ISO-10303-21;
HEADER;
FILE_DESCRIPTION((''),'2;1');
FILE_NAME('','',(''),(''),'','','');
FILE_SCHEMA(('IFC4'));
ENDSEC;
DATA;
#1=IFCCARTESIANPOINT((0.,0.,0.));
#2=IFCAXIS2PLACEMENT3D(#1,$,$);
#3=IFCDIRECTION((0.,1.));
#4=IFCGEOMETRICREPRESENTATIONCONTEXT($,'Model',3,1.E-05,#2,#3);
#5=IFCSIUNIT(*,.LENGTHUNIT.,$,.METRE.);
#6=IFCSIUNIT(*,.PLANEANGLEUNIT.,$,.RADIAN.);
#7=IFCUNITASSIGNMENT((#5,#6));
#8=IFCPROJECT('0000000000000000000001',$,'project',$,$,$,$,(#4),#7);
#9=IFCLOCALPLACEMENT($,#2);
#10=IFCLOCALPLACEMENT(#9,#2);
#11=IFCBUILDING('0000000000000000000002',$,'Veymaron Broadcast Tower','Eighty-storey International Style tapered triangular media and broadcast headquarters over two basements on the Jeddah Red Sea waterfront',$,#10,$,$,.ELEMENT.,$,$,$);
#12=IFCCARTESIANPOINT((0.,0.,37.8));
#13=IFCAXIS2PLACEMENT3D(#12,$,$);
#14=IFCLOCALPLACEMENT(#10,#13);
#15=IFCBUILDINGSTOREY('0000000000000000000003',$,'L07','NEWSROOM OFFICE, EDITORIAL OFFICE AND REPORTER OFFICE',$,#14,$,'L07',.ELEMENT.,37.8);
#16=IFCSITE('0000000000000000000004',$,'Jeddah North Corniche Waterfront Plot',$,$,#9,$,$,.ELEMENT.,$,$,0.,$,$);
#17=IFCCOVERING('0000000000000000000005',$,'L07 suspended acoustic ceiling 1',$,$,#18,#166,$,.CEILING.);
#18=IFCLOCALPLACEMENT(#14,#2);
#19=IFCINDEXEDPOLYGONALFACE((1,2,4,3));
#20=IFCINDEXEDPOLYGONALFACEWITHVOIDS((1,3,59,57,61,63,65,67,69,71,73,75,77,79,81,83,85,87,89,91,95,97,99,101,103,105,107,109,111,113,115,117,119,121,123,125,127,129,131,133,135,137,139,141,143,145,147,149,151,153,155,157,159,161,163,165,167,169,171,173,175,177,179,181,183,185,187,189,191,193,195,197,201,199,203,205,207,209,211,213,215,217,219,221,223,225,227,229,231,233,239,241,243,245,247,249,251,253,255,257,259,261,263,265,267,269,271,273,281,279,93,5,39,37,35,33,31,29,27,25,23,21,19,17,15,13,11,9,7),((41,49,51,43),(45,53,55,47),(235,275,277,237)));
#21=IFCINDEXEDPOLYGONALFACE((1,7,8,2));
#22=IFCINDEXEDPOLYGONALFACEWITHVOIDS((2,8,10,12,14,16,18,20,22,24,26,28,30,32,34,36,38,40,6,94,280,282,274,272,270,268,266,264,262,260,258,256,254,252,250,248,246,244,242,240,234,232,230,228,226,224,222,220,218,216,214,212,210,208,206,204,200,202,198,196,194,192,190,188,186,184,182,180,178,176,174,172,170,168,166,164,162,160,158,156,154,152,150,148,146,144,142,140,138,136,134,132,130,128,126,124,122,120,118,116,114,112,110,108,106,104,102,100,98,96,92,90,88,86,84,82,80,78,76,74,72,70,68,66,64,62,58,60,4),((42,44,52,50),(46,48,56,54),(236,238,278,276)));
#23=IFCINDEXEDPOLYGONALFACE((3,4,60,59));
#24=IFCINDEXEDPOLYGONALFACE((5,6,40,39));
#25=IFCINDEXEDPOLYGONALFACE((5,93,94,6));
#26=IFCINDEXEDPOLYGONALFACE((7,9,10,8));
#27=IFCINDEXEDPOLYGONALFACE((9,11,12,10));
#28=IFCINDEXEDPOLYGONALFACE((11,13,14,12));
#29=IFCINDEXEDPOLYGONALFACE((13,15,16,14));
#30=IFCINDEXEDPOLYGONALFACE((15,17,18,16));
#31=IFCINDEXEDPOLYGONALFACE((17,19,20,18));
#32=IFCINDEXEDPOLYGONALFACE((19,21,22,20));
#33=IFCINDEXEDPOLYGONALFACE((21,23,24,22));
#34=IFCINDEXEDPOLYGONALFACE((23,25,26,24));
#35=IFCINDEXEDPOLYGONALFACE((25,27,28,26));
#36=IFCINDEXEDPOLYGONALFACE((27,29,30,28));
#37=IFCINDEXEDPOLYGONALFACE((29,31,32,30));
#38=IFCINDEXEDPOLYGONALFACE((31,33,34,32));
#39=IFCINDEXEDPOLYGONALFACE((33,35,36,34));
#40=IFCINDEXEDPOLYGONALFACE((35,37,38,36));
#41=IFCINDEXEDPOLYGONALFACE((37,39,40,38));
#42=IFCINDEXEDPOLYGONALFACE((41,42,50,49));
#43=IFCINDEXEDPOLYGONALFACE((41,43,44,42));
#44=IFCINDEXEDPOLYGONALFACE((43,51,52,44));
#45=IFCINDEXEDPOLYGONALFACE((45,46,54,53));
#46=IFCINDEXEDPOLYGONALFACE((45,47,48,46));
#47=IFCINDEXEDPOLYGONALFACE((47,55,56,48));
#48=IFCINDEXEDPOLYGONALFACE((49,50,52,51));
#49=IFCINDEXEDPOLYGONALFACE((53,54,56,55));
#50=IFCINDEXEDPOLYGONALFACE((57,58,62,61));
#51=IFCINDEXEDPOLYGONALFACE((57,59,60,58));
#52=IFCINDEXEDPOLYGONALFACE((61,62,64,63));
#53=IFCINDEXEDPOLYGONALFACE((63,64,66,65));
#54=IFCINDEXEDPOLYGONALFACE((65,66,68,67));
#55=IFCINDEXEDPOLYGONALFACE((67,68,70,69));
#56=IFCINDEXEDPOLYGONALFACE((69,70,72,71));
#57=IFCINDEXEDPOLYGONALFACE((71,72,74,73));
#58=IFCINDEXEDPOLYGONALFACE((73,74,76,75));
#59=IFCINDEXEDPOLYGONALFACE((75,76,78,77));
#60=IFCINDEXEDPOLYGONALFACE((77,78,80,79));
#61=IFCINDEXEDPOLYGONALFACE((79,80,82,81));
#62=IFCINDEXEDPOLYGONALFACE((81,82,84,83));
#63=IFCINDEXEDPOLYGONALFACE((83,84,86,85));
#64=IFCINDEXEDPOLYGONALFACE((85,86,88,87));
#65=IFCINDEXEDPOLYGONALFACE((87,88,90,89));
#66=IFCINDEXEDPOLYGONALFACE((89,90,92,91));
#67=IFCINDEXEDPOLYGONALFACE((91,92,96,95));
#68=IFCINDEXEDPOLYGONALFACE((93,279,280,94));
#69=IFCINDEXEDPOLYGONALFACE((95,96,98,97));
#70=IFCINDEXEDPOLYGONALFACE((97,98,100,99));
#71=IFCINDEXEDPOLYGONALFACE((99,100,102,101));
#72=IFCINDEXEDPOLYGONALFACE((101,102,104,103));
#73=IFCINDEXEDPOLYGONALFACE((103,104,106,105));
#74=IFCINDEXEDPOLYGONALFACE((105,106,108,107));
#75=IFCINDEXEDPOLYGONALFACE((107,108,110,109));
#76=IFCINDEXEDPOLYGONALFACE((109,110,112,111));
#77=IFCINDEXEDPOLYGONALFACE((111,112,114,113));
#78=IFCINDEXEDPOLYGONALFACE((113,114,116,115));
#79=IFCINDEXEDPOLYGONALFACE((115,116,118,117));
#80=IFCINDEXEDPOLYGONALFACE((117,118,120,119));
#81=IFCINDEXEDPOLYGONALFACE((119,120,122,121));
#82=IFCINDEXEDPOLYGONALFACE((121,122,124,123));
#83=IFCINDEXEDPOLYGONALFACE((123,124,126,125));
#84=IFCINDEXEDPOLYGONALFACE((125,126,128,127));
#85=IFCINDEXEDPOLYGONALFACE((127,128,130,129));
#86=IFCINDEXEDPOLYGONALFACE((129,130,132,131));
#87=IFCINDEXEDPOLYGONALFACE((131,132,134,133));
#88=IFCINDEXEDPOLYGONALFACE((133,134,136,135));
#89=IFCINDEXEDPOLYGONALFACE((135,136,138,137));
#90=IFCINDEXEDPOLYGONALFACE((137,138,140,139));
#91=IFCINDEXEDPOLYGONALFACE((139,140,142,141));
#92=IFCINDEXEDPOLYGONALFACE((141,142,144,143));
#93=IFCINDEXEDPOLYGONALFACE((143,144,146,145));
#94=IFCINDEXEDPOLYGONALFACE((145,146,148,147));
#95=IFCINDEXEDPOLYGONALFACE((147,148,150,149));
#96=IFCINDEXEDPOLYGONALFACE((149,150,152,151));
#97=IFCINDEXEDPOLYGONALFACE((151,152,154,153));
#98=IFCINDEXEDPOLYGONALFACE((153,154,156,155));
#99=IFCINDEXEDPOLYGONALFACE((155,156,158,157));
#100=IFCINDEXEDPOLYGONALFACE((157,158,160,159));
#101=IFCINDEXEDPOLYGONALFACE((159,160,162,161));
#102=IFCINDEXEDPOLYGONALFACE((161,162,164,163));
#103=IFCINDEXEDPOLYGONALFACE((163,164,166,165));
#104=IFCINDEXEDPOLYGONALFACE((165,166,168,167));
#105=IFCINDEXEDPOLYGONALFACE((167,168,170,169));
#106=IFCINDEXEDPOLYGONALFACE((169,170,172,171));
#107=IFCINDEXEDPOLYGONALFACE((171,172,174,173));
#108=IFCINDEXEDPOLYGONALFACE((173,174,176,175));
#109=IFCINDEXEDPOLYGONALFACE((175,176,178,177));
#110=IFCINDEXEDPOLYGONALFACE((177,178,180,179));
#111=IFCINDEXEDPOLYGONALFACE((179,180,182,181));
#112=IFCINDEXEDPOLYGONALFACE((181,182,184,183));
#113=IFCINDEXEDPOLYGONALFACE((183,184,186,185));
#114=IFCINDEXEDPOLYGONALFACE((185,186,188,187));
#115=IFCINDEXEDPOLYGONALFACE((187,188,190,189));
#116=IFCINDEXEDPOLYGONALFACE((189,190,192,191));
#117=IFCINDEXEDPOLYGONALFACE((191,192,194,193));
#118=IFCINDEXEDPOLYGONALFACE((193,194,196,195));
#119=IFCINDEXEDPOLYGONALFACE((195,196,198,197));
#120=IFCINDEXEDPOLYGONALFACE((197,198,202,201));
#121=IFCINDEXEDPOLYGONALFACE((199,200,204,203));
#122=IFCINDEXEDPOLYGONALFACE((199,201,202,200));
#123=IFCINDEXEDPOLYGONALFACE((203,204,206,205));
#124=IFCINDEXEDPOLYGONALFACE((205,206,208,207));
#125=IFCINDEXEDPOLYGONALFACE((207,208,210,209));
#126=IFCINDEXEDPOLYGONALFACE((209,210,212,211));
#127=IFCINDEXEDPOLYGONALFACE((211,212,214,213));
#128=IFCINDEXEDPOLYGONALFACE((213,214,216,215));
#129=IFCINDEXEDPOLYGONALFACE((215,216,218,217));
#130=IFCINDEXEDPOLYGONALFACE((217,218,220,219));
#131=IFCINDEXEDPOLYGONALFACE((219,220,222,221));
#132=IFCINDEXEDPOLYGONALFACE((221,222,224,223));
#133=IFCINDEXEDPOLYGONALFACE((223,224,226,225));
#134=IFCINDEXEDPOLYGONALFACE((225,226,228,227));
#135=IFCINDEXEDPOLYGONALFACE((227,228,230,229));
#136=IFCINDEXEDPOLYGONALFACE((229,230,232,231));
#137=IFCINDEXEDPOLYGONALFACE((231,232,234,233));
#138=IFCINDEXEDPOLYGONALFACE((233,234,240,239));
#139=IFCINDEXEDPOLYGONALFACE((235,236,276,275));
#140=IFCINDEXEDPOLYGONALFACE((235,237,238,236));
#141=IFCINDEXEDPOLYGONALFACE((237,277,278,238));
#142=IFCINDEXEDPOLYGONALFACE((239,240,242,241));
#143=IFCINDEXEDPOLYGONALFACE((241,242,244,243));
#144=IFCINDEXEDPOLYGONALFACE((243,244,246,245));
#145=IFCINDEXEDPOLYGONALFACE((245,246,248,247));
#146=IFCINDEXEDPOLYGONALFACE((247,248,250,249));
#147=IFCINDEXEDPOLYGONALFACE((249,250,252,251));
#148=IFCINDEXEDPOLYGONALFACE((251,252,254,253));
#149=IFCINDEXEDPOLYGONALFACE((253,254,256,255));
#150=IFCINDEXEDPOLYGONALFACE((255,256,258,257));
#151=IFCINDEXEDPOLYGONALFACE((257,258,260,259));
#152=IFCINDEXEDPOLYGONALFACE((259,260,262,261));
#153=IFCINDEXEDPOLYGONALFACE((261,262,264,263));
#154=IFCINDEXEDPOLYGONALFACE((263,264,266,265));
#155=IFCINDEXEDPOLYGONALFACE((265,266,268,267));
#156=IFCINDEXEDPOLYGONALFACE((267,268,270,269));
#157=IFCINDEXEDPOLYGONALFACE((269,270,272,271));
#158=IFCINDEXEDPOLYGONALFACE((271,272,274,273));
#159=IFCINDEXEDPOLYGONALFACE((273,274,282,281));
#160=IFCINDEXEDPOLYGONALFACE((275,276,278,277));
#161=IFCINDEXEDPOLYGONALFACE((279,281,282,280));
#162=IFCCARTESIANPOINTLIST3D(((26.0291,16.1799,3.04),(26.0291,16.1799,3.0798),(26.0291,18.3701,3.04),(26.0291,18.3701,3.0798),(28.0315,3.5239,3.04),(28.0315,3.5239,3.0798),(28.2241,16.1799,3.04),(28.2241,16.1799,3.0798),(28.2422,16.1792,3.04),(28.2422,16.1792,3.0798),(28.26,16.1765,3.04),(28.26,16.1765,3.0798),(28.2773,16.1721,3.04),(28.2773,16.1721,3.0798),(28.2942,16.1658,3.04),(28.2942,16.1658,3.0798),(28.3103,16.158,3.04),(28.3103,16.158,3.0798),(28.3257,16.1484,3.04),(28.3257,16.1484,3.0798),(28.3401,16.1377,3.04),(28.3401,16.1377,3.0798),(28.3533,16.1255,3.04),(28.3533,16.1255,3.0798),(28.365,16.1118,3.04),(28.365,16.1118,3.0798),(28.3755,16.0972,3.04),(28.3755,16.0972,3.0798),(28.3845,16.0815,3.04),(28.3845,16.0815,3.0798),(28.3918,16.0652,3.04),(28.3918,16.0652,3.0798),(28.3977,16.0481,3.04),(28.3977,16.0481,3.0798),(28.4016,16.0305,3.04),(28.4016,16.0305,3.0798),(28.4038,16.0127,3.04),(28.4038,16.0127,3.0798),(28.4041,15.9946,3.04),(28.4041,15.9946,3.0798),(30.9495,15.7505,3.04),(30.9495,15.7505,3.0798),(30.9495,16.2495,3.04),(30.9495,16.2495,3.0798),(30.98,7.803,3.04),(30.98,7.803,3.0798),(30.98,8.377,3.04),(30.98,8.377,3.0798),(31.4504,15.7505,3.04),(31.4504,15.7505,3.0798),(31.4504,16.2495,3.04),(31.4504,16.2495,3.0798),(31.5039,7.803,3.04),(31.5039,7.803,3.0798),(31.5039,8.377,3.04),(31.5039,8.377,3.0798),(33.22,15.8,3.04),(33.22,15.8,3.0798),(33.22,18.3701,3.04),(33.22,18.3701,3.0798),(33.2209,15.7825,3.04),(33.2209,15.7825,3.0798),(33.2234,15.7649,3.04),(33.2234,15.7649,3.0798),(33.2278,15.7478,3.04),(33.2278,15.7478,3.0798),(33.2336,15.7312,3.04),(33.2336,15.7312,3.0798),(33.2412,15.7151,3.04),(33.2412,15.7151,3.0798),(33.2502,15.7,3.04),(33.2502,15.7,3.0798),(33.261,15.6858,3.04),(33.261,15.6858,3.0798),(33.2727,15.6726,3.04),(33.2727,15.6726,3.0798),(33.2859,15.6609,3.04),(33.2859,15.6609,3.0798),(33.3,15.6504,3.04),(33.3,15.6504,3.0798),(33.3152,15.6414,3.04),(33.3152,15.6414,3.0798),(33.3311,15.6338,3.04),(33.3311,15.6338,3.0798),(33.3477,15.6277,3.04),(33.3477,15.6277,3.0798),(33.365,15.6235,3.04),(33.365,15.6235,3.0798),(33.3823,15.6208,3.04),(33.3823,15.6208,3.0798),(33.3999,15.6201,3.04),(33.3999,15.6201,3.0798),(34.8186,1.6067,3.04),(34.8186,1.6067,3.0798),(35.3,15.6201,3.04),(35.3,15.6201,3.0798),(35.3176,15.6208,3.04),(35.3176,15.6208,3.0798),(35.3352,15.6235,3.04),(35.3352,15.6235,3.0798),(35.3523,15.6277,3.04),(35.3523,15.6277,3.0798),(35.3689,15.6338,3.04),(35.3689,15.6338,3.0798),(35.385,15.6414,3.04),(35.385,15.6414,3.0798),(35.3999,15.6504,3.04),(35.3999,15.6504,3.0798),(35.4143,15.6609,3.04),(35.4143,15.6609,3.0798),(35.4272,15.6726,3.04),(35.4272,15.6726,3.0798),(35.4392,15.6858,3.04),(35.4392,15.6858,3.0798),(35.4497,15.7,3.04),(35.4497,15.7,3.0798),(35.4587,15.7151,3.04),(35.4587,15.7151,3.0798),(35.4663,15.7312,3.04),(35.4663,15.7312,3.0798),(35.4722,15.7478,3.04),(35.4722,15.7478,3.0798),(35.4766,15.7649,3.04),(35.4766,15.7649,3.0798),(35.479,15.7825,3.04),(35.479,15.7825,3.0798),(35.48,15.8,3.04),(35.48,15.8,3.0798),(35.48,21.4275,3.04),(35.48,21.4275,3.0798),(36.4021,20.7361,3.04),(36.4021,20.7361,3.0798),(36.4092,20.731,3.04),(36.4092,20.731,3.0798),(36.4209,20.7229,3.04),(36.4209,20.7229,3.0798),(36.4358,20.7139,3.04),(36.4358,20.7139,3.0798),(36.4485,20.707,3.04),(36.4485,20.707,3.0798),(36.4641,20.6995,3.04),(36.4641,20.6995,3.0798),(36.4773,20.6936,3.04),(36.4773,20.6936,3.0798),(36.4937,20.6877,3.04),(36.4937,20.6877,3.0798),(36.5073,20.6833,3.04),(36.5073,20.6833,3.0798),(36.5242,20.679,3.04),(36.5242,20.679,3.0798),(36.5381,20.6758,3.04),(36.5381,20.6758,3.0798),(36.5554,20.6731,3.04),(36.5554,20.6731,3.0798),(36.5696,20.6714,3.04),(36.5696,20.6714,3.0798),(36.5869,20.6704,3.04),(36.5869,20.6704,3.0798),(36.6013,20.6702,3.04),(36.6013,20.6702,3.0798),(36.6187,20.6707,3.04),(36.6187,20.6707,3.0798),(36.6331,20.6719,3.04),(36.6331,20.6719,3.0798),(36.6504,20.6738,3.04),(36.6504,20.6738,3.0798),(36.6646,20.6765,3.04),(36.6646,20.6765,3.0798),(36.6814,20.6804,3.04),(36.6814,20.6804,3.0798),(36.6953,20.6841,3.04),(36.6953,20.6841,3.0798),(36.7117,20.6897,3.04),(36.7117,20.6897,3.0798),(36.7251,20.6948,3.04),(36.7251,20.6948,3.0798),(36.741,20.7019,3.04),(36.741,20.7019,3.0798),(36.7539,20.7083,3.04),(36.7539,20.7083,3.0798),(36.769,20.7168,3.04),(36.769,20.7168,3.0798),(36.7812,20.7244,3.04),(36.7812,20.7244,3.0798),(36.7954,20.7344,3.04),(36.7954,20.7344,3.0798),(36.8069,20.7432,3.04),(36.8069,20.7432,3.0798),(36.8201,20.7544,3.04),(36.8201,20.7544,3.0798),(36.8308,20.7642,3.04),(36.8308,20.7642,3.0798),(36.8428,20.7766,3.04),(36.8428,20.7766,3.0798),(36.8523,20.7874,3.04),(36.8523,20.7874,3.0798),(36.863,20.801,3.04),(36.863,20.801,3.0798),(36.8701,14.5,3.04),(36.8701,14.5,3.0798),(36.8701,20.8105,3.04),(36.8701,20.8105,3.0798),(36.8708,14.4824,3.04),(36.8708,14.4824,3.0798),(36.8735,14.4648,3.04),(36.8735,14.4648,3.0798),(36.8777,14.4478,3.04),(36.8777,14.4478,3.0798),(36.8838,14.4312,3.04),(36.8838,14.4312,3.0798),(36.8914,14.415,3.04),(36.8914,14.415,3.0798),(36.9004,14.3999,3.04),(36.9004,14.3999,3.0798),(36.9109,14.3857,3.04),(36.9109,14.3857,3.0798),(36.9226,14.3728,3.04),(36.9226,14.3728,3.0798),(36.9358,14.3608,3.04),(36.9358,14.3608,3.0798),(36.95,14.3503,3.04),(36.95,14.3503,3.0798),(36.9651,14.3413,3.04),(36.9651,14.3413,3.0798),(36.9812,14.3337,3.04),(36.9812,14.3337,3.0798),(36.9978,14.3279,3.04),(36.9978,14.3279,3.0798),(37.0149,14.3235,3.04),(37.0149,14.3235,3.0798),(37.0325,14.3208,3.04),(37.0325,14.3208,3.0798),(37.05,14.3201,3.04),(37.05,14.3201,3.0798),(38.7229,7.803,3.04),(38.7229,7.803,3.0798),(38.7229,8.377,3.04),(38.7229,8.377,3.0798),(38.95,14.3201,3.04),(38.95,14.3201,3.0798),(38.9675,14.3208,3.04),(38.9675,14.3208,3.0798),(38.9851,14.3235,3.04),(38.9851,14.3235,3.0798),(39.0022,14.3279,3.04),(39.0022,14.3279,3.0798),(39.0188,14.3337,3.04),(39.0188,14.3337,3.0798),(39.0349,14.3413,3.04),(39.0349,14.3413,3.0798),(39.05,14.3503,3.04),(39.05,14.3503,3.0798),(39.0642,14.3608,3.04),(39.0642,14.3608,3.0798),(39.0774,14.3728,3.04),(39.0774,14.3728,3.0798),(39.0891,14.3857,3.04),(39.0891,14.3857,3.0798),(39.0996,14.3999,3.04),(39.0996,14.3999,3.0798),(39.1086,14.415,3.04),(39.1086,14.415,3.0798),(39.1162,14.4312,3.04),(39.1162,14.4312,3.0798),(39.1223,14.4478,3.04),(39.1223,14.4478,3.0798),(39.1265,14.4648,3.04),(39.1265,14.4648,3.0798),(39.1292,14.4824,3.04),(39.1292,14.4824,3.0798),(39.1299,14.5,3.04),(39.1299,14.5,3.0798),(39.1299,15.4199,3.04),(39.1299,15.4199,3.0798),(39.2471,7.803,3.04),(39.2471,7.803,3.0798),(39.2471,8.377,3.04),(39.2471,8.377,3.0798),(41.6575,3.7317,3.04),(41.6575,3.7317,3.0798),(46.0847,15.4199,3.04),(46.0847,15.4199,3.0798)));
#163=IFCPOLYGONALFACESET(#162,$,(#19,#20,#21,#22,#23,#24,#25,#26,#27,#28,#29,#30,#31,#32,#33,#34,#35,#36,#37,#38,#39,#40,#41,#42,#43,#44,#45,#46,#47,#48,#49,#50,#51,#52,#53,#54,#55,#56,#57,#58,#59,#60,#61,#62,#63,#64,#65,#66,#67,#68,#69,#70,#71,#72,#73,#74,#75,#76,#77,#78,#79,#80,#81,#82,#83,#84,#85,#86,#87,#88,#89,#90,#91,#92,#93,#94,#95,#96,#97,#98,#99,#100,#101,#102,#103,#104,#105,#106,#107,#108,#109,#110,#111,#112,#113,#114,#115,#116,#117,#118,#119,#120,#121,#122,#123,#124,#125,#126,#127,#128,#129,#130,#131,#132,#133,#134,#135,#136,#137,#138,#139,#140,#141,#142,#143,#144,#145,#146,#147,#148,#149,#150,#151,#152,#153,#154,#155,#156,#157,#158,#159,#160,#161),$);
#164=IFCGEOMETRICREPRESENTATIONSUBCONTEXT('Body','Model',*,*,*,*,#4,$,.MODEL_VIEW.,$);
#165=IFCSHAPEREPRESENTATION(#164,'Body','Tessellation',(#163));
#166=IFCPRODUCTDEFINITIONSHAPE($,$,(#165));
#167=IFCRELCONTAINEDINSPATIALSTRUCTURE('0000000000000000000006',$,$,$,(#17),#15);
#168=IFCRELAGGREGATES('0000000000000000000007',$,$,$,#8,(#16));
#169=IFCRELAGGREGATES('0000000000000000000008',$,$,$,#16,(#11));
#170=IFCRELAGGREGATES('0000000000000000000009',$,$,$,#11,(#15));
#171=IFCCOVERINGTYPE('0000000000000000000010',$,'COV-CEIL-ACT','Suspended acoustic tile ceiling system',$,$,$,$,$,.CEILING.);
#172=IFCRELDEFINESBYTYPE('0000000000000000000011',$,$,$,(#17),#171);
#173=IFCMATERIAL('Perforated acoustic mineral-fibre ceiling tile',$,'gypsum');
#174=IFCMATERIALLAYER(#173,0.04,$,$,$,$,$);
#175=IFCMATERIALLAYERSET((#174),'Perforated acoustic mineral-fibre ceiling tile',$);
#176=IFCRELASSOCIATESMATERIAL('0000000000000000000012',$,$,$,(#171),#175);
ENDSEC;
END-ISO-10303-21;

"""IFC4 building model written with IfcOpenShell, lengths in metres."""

from ifc_helpers import new_model, si_unit, direction, frame, origin, place, context, subcontext, project, spatial, polyline, outline, extrude, material, layer, layer_set, type_object, element, save


model = new_model("IFC4")

# Units and contexts
model_context = context("Model", 3, precision=1e-05, world=origin(), true_north=direction((0.0, 1.0)))
body_context = subcontext(model_context, "Body", "Model", "MODEL_VIEW")
ifc_project = project(units=[si_unit("LENGTHUNIT", "METRE"), si_unit("PLANEANGLEUNIT", "RADIAN")], contexts=[model_context])

# Site, building, storey
site_placement = place(None, origin())
site = spatial("IfcSite", under=ifc_project, at=site_placement, Name="Jeddah North Corniche Waterfront Plot", CompositionType="ELEMENT", RefElevation=0.0)
building_placement = place(site_placement, origin())
building = spatial("IfcBuilding", under=site, at=building_placement, Name="Veymaron Broadcast Tower", Description="Eighty-storey International Style tapered triangular media and broadcast headquarters over two basements on the Jeddah Red Sea waterfront", CompositionType="ELEMENT")
storey_placement = place(building_placement, frame((0.0, 0.0, 37.8)))
storey = spatial("IfcBuildingStorey", under=building, at=storey_placement, Name="L07", Description="NEWSROOM OFFICE, EDITORIAL OFFICE AND REPORTER OFFICE", LongName="L07", CompositionType="ELEMENT", Elevation=37.8)

# Covering
ifc_material_1 = material(Name="Perforated acoustic mineral-fibre ceiling tile", Category="gypsum")
ifc_layer_1 = layer(ifc_material_1, 0.04)
ifc_layer_set_1 = layer_set([ifc_layer_1], Name="Perforated acoustic mineral-fibre ceiling tile")
covering_type_1 = type_object("IfcCoveringType", Name="COV-CEIL-ACT", Description="Suspended acoustic tile ceiling system", PredefinedType="CEILING", material=ifc_layer_set_1)
covering_1_placement = place(storey_placement, frame((0.0, 0.0, 3.04)))
element("IfcCovering", 1, at=covering_1_placement, inside=storey, type_object=covering_type_1, Name="L07 suspended acoustic ceiling 1", PredefinedType="CEILING", context=body_context, shape_type="SweptSolid", body=[
    extrude(outline(polyline([(28.2773, 16.1721), (28.26, 16.1765), (28.2422, 16.1792), (28.2241, 16.1799), (26.0291, 16.1799), (26.0291, 18.3701), (33.22, 18.3701), (33.22, 15.8), (33.2209, 15.7825), (33.2234, 15.7649), (33.2278, 15.7478), (33.2336, 15.7312), (33.2412, 15.7151), (33.2502, 15.7), (33.261, 15.6858), (33.2727, 15.6726), (33.2859, 15.6609), (33.3, 15.6504), (33.3152, 15.6414), (33.3311, 15.6338), (33.3477, 15.6277), (33.365, 15.6235), (33.3823, 15.6208), (33.3999, 15.6201), (35.3, 15.6201), (35.3176, 15.6208), (35.3352, 15.6235), (35.3523, 15.6277), (35.3689, 15.6338), (35.385, 15.6414), (35.3999, 15.6504), (35.4143, 15.6609), (35.4272, 15.6726), (35.4392, 15.6858), (35.4497, 15.7), (35.4587, 15.7151), (35.4663, 15.7312), (35.4722, 15.7478), (35.4766, 15.7649), (35.479, 15.7825), (35.48, 15.8), (35.48, 21.4275), (36.4021, 20.7361), (36.4092, 20.731), (36.4209, 20.7229), (36.4358, 20.7139), (36.4485, 20.707), (36.4641, 20.6995), (36.4773, 20.6936), (36.4937, 20.6877), (36.5073, 20.6833), (36.5242, 20.679), (36.5381, 20.6758), (36.5554, 20.6731), (36.5696, 20.6714), (36.5869, 20.6704), (36.6013, 20.6702), (36.6187, 20.6707), (36.6331, 20.6719), (36.6504, 20.6738), (36.6646, 20.6765), (36.6814, 20.6804), (36.6953, 20.6841), (36.7117, 20.6897), (36.7251, 20.6948), (36.741, 20.7019), (36.7539, 20.7083), (36.769, 20.7168), (36.7812, 20.7244), (36.7954, 20.7344), (36.8069, 20.7432), (36.8201, 20.7544), (36.8308, 20.7642), (36.8428, 20.7766), (36.8523, 20.7874), (36.863, 20.801), (36.8701, 20.8105), (36.8701, 14.5), (36.8708, 14.4824), (36.8735, 14.4648), (36.8777, 14.4478), (36.8838, 14.4312), (36.8914, 14.415), (36.9004, 14.3999), (36.9109, 14.3857), (36.9226, 14.3728), (36.9358, 14.3608), (36.95, 14.3503), (36.9651, 14.3413), (36.9812, 14.3337), (36.9978, 14.3279), (37.0149, 14.3235), (37.0325, 14.3208), (37.05, 14.3201), (38.95, 14.3201), (38.9675, 14.3208), (38.9851, 14.3235), (39.0022, 14.3279), (39.0188, 14.3337), (39.0349, 14.3413), (39.05, 14.3503), (39.0642, 14.3608), (39.0774, 14.3728), (39.0891, 14.3857), (39.0996, 14.3999), (39.1086, 14.415), (39.1162, 14.4312), (39.1223, 14.4478), (39.1265, 14.4648), (39.1292, 14.4824), (39.1299, 14.5), (39.1299, 15.4199), (46.0847, 15.4199), (41.6575, 3.7317), (34.8186, 1.6067), (28.0315, 3.5239), (28.4041, 15.9946), (28.4038, 16.0127), (28.4016, 16.0305), (28.3977, 16.0481), (28.3918, 16.0652), (28.3845, 16.0815), (28.3755, 16.0972), (28.365, 16.1118), (28.3533, 16.1255), (28.3401, 16.1377), (28.3257, 16.1484), (28.3103, 16.158), (28.2942, 16.1658), (28.2773, 16.1721)]), holes=[polyline([(39.2471, 8.377), (38.7229, 8.377), (38.7229, 7.803), (39.2471, 7.803), (39.2471, 8.377)]), polyline([(30.98, 8.377), (30.98, 7.803), (31.5039, 7.803), (31.5039, 8.377), (30.98, 8.377)]), polyline([(30.9495, 16.2495), (30.9495, 15.7505), (31.4504, 15.7505), (31.4504, 16.2495), (30.9495, 16.2495)])]), origin(), (0.0, 0.0, 1.0), 0.0398),
])

save(model, "model.ifc")
